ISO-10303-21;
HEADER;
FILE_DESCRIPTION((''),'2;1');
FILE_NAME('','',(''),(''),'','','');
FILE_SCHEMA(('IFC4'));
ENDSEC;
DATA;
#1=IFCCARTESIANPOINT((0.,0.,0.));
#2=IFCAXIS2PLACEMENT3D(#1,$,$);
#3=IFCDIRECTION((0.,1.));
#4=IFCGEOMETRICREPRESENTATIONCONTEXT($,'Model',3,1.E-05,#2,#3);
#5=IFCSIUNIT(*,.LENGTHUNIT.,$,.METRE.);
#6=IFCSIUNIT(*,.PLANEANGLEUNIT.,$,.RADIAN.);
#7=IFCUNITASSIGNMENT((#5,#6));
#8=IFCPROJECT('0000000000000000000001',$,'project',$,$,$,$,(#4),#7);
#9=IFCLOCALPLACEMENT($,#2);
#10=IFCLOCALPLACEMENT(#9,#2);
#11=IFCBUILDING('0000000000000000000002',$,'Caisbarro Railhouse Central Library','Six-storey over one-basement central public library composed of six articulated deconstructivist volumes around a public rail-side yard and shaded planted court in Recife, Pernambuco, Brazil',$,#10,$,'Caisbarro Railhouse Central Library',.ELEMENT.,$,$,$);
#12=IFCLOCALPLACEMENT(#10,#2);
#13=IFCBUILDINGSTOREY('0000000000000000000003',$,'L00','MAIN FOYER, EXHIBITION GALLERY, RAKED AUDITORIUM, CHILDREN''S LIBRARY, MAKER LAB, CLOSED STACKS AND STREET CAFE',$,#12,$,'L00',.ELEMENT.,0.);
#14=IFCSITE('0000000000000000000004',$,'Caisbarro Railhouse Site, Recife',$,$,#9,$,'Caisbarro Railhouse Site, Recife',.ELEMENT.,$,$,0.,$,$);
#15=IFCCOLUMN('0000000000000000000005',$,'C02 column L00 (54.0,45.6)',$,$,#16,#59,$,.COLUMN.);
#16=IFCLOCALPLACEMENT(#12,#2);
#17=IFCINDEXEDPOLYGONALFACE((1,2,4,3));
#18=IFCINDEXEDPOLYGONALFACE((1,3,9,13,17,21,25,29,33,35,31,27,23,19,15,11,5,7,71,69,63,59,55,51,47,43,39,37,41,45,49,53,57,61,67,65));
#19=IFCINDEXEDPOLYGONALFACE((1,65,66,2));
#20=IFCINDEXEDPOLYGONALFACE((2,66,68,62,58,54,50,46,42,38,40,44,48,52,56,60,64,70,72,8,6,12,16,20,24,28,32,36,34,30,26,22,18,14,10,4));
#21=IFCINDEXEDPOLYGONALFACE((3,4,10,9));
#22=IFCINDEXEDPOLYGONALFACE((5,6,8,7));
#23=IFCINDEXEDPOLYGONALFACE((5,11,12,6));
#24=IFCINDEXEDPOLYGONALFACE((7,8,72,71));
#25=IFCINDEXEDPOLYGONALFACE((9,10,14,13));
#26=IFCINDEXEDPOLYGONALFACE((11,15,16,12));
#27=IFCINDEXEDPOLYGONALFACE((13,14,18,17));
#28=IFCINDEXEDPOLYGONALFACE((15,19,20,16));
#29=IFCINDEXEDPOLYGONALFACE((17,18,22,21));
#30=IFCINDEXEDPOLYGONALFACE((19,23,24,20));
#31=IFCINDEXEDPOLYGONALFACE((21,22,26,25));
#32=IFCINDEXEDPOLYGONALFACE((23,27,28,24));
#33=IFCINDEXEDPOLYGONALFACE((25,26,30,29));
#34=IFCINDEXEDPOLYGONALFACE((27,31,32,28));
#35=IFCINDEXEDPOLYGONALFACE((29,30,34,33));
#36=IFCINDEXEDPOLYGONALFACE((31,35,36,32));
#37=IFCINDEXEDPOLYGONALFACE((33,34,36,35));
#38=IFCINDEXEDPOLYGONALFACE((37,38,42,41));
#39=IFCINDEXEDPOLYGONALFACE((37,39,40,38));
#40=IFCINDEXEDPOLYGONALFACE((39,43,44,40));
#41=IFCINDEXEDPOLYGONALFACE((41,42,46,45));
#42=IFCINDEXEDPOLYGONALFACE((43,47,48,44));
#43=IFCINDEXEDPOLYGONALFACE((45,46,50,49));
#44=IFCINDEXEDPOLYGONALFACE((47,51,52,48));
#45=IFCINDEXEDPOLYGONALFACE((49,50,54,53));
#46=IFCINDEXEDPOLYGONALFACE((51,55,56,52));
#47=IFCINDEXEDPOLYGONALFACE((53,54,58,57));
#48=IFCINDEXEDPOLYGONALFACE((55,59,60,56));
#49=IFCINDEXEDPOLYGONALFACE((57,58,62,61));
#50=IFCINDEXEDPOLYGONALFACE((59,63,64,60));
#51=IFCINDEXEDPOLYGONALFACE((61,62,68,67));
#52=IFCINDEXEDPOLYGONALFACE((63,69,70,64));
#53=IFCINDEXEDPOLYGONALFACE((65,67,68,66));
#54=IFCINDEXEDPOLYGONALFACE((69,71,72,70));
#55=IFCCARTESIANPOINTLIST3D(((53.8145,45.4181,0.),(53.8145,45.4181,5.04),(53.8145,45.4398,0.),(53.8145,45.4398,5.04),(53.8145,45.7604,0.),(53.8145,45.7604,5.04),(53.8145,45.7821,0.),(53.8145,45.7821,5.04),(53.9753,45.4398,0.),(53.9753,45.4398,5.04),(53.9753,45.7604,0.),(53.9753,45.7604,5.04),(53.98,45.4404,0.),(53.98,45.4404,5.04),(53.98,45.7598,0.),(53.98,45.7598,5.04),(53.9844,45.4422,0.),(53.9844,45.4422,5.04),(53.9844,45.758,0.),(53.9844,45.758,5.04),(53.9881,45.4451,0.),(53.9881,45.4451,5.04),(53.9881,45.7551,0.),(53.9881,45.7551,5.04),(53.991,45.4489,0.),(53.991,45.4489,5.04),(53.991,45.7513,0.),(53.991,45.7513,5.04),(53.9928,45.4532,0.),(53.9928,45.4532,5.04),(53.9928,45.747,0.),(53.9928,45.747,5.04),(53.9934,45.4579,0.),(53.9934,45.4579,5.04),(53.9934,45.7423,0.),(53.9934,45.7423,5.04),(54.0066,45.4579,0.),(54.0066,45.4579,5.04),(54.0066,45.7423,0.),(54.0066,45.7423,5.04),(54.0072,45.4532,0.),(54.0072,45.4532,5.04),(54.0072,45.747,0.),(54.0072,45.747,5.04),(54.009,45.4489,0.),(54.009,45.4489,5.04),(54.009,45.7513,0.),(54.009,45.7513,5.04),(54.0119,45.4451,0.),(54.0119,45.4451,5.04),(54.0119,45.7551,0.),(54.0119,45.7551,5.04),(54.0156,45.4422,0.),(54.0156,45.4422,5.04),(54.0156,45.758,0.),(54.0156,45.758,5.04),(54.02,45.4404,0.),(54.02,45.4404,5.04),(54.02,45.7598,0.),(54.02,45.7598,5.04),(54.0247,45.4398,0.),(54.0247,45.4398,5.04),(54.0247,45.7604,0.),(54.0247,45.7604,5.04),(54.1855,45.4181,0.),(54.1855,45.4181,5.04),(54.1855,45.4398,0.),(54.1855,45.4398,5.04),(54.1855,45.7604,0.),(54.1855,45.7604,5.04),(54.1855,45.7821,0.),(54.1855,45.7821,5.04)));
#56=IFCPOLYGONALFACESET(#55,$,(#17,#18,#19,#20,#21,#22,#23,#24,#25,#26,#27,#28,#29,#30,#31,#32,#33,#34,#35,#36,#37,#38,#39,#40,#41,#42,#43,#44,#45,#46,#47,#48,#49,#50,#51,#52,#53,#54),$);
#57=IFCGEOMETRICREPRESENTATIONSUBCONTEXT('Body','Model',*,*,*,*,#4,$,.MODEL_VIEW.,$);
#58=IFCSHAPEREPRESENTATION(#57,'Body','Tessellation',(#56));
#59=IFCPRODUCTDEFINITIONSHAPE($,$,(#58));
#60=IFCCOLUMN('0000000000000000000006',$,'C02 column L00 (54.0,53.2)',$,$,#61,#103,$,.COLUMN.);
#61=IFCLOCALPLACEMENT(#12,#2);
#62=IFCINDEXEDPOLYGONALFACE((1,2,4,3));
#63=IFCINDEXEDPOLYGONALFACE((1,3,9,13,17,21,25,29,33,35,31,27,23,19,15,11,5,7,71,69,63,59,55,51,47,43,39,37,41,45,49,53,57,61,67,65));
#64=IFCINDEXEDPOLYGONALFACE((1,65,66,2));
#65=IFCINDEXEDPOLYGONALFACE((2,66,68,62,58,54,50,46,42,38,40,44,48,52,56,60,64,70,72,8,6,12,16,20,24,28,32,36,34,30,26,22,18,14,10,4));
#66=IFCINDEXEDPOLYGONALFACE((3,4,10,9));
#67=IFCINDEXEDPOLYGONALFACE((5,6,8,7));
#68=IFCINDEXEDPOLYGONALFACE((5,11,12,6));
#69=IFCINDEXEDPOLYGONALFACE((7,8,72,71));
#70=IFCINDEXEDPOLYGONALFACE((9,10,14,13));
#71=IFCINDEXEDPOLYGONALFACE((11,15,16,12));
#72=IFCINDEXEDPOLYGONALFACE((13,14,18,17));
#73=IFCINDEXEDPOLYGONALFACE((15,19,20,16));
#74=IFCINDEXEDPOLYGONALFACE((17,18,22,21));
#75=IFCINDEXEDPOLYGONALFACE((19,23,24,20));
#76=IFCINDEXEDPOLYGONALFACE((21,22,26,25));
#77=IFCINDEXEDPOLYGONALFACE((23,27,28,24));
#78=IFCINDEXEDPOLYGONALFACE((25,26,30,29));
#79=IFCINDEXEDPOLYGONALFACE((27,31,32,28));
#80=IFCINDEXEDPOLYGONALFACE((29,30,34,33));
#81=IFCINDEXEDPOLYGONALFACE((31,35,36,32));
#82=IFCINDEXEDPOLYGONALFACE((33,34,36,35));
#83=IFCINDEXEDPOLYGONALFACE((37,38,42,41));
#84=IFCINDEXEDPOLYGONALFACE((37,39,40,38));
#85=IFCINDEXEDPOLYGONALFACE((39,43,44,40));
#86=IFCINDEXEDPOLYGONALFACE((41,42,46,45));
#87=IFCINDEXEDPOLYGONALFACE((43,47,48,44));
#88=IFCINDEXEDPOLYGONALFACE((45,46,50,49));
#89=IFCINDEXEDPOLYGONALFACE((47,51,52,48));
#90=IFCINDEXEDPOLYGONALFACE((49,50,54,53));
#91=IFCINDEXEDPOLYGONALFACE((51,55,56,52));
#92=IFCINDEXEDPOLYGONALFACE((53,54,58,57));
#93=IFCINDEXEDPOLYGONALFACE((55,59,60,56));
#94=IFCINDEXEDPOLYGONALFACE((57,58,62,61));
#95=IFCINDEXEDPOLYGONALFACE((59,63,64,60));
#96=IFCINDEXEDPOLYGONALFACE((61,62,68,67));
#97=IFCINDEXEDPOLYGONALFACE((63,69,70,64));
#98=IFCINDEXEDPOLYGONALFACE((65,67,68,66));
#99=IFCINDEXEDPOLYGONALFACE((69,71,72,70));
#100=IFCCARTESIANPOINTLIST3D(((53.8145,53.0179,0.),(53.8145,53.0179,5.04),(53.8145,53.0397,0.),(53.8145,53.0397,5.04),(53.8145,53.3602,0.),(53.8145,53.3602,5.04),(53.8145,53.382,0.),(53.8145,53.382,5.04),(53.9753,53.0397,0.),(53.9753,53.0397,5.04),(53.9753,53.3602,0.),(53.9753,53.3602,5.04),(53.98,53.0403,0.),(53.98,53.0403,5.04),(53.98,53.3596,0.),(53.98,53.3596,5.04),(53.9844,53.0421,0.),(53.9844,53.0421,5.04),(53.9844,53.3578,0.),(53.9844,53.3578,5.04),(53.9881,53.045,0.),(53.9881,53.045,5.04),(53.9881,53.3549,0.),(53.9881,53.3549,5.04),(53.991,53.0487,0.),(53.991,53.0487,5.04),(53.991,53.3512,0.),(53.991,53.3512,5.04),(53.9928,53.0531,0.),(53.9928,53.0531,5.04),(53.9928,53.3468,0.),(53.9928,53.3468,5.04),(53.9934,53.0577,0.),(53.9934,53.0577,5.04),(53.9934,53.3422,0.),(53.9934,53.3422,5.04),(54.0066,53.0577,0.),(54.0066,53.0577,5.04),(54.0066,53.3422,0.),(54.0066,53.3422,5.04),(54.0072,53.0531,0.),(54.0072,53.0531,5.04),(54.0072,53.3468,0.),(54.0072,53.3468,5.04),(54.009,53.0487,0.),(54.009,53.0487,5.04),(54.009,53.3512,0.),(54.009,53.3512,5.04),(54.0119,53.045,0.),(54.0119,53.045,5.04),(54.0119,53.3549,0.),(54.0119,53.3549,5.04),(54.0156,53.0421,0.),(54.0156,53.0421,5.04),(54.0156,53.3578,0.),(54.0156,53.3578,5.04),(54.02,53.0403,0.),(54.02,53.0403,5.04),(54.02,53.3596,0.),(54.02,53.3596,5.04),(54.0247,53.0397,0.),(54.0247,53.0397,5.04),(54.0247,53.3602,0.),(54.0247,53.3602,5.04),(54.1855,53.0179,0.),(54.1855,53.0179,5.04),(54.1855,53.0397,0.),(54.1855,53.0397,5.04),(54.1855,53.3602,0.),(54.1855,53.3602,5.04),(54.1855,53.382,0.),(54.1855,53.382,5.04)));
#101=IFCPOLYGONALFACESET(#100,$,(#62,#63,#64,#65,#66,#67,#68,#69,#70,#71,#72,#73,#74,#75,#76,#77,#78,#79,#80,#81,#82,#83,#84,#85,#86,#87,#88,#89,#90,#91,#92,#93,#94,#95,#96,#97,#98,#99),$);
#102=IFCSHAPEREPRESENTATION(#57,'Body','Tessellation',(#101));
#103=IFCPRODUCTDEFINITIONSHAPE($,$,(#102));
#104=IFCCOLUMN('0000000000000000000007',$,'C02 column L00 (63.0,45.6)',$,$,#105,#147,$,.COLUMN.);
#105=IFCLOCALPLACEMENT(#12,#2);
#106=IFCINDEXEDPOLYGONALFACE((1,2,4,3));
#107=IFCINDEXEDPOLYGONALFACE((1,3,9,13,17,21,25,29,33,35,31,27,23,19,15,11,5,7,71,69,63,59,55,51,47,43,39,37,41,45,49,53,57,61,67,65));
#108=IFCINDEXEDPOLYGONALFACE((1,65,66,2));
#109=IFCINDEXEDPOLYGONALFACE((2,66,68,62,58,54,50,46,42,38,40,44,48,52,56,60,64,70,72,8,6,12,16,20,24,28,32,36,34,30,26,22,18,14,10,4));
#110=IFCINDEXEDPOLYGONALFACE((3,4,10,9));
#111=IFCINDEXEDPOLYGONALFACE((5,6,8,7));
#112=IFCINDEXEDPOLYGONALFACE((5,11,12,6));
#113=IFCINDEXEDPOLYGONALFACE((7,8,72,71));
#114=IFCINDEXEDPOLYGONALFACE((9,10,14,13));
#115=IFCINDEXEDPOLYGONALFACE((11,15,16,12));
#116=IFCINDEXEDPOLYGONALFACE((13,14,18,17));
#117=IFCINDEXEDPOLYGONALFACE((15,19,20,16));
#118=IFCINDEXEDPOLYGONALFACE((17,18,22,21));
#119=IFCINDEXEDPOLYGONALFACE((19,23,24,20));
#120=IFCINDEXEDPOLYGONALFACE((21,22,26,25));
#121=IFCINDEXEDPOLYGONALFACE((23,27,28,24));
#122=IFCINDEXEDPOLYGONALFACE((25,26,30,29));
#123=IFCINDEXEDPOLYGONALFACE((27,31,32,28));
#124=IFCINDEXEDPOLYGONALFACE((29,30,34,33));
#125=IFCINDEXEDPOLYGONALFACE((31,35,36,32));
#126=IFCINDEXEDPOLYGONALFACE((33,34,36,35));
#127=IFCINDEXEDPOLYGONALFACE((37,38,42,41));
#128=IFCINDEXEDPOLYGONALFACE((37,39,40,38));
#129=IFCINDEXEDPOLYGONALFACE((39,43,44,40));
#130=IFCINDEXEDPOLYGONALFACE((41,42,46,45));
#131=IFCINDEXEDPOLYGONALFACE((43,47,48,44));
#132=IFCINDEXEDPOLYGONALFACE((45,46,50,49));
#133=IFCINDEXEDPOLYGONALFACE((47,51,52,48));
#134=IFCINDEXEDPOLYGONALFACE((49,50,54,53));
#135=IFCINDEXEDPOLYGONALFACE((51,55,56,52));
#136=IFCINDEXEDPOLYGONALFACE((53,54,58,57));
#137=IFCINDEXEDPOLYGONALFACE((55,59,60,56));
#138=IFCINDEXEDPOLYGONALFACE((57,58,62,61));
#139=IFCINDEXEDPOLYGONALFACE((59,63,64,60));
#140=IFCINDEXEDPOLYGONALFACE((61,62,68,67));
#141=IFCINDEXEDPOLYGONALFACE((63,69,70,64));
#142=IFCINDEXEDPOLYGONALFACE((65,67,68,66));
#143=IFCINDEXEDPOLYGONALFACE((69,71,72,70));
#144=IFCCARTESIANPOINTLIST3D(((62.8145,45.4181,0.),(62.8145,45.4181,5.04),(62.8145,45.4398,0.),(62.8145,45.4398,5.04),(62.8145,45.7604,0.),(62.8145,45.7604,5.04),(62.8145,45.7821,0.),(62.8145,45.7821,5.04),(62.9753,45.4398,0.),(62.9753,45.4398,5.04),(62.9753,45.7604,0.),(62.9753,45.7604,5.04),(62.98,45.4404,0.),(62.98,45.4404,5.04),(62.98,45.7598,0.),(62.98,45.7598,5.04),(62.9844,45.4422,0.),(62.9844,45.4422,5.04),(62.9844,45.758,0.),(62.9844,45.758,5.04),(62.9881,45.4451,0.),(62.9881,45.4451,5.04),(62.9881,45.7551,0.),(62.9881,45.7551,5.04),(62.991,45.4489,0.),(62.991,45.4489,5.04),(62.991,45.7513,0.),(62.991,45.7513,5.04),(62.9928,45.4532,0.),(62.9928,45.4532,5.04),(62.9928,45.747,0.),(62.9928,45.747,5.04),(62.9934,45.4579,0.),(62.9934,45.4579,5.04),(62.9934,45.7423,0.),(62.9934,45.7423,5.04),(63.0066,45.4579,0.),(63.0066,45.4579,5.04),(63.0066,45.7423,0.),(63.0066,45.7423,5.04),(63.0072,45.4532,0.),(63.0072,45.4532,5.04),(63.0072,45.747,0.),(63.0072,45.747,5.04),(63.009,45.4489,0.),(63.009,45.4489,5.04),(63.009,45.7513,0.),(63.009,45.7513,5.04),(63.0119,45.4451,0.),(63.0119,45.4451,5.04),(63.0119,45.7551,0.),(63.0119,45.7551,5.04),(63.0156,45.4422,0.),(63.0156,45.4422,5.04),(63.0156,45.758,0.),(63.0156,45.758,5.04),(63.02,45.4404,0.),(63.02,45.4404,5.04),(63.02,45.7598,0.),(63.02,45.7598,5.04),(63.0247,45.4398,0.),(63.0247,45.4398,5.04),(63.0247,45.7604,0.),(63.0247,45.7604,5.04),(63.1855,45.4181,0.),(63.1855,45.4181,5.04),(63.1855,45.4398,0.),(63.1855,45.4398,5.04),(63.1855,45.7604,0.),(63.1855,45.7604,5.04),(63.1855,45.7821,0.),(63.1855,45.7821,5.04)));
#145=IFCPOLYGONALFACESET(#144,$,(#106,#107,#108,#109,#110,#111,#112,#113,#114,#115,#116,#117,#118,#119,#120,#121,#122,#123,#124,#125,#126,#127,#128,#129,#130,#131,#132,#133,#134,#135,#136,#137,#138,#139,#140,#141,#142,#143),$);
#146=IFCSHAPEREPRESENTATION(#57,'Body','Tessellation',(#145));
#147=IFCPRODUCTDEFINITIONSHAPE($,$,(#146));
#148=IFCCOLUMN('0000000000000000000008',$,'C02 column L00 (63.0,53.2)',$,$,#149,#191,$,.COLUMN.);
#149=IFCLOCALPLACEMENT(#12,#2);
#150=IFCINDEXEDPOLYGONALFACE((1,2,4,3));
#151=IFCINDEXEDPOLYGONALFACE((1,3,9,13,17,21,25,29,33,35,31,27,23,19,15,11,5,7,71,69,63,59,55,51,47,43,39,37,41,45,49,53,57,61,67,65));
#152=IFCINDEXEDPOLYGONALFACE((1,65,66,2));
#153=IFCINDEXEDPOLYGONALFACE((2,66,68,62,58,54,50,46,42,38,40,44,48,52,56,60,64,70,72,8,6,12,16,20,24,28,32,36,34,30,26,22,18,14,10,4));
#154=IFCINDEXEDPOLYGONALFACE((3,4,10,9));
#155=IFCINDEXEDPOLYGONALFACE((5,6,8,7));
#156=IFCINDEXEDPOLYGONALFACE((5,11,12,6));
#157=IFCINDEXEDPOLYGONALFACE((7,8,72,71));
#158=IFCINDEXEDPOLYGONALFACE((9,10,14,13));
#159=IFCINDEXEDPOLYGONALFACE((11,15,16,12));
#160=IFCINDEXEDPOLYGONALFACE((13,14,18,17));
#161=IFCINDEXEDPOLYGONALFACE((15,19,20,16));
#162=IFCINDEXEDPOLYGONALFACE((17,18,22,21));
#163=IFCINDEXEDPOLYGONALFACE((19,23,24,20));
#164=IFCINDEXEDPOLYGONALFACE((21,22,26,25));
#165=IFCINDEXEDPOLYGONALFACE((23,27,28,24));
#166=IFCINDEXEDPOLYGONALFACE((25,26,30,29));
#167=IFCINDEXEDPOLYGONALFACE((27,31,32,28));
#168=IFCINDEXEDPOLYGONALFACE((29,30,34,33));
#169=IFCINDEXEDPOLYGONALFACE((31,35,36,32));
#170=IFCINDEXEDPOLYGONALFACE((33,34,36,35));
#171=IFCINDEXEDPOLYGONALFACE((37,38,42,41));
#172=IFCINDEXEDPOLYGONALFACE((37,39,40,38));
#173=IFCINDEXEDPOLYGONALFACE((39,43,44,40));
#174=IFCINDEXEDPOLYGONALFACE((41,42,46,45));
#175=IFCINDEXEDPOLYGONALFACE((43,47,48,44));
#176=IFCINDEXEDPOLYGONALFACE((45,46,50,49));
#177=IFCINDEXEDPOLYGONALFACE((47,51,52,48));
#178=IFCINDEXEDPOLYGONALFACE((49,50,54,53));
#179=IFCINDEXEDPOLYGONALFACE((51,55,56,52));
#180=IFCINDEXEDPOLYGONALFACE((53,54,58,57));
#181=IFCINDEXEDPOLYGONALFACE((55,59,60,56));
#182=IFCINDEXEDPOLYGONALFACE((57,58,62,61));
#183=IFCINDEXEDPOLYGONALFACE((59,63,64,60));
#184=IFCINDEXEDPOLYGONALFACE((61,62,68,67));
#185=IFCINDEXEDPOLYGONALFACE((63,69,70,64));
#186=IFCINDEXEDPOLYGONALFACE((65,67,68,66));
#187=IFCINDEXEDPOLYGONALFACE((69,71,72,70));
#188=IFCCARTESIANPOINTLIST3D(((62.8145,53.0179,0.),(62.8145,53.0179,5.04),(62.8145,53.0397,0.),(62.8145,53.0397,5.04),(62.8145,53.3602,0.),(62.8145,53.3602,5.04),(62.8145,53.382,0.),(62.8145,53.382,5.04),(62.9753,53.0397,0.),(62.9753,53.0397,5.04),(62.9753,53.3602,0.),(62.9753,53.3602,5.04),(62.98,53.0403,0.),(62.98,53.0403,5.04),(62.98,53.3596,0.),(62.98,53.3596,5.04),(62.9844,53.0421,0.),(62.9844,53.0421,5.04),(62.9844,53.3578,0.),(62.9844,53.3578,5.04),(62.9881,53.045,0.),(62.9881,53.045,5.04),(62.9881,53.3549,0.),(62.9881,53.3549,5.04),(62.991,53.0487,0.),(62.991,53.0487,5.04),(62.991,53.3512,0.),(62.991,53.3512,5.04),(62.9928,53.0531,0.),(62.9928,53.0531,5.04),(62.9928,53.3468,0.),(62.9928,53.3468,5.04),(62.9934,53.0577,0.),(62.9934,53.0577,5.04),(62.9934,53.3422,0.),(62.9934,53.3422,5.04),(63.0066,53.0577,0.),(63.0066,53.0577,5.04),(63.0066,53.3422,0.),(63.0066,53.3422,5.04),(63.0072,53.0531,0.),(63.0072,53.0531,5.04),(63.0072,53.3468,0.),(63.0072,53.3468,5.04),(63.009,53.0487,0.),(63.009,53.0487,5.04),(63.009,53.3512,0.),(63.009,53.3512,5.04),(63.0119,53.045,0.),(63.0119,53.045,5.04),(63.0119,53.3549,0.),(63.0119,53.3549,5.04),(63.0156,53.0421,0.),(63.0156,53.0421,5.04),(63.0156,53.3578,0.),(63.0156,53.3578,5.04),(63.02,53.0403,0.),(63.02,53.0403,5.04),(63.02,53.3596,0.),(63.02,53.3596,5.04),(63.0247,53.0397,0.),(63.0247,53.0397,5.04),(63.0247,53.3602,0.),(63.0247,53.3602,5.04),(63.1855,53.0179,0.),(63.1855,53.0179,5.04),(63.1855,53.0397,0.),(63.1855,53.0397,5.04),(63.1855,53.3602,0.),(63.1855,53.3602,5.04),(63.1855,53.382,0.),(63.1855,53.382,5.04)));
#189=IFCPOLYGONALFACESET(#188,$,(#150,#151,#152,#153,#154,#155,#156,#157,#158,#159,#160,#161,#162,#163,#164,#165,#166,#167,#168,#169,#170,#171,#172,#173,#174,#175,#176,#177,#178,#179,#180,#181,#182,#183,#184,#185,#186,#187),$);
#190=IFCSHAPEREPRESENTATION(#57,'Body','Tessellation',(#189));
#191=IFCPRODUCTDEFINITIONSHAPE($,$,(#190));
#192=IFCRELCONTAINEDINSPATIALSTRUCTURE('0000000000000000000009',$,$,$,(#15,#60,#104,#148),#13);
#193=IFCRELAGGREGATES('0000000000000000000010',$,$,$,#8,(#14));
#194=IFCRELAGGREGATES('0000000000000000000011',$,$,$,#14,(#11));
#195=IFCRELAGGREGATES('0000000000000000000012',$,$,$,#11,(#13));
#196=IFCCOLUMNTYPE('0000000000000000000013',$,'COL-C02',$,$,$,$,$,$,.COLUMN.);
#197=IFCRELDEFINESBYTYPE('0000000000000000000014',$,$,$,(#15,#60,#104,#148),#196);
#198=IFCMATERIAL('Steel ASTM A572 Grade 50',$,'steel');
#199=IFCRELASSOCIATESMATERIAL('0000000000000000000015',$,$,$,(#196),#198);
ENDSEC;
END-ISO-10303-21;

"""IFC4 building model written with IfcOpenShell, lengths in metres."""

from ifc_helpers import new_model, si_unit, direction, frame, origin, origin_2d, place, context, subcontext, project, spatial, i_section, extrude, material, material_profile, profile_set, type_object, element, save


model = new_model("IFC4")

# Units and contexts
model_context = context("Model", 3, precision=1e-05, world=origin(), true_north=direction((0.0, 1.0)))
body_context = subcontext(model_context, "Body", "Model", "MODEL_VIEW")
ifc_project = project(units=[si_unit("LENGTHUNIT", "METRE"), si_unit("PLANEANGLEUNIT", "RADIAN")], contexts=[model_context])

# Site, building, storey
site_placement = place(None, origin())
site = spatial("IfcSite", under=ifc_project, at=site_placement, Name="Caisbarro Railhouse Site, Recife", LongName="Caisbarro Railhouse Site, Recife", CompositionType="ELEMENT", RefElevation=0.0)
building_placement = place(site_placement, origin())
building = spatial("IfcBuilding", under=site, at=building_placement, Name="Caisbarro Railhouse Central Library", Description="Six-storey over one-basement central public library composed of six articulated deconstructivist volumes around a public rail-side yard and shaded planted court in Recife, Pernambuco, Brazil", LongName="Caisbarro Railhouse Central Library", CompositionType="ELEMENT")
storey_placement = place(building_placement, origin())
storey = spatial("IfcBuildingStorey", under=building, at=storey_placement, Name="L00", Description="MAIN FOYER, EXHIBITION GALLERY, RAKED AUDITORIUM, CHILDREN'S LIBRARY, MAKER LAB, CLOSED STACKS AND STREET CAFE", LongName="L00", CompositionType="ELEMENT", Elevation=0.0)

# Columns
ifc_material_1 = material(Name="Steel ASTM A572 Grade 50", Category="steel")
ifc_material_profile_1 = material_profile(ifc_material_1, i_section(OverallWidth=0.3711, OverallDepth=0.364, WebThickness=0.0132, FlangeThickness=0.0217, FilletRadius=0.0181, at=origin_2d()), Name="W360X162.0")
ifc_profile_set_1 = profile_set([ifc_material_profile_1], Name="Steel ASTM A572 Grade 50")
column_type = type_object("IfcColumnType", Name="COL-C02", PredefinedType="COLUMN", material=ifc_profile_set_1)
for number, where, z_axis, x_axis, name in (
    (1, (54.0, 45.6001, 0.0), (0.0, 0.0, 1.0), (1.0, 0.0, 0.0), "C02 column L00 (54.0,45.6)"),
    (2, (54.0, 53.2, 0.0), (0.0, 0.0, 1.0), (1.0, 0.0, 0.0), "C02 column L00 (54.0,53.2)"),
    (3, (63.0, 45.6001, 0.0), (0.0, 0.0, 1.0), (1.0, 0.0, 0.0), "C02 column L00 (63.0,45.6)"),
    (4, (63.0, 53.2, 0.0), (0.0, 0.0, 1.0), (1.0, 0.0, 0.0), "C02 column L00 (63.0,53.2)"),
):
    element("IfcColumn", number, at=place(storey_placement, frame(where, z_axis=z_axis, x_axis=x_axis)), inside=storey, type_object=column_type, Name=name, PredefinedType="COLUMN", context=body_context, shape_type="SweptSolid", body=[
        extrude(i_section(OverallWidth=0.3711, OverallDepth=0.364, WebThickness=0.0132, FlangeThickness=0.0217, FilletRadius=0.0181, at=origin_2d()), origin(), (0.0, 0.0, 1.0), 5.04),
    ])

save(model, "model.ifc")
